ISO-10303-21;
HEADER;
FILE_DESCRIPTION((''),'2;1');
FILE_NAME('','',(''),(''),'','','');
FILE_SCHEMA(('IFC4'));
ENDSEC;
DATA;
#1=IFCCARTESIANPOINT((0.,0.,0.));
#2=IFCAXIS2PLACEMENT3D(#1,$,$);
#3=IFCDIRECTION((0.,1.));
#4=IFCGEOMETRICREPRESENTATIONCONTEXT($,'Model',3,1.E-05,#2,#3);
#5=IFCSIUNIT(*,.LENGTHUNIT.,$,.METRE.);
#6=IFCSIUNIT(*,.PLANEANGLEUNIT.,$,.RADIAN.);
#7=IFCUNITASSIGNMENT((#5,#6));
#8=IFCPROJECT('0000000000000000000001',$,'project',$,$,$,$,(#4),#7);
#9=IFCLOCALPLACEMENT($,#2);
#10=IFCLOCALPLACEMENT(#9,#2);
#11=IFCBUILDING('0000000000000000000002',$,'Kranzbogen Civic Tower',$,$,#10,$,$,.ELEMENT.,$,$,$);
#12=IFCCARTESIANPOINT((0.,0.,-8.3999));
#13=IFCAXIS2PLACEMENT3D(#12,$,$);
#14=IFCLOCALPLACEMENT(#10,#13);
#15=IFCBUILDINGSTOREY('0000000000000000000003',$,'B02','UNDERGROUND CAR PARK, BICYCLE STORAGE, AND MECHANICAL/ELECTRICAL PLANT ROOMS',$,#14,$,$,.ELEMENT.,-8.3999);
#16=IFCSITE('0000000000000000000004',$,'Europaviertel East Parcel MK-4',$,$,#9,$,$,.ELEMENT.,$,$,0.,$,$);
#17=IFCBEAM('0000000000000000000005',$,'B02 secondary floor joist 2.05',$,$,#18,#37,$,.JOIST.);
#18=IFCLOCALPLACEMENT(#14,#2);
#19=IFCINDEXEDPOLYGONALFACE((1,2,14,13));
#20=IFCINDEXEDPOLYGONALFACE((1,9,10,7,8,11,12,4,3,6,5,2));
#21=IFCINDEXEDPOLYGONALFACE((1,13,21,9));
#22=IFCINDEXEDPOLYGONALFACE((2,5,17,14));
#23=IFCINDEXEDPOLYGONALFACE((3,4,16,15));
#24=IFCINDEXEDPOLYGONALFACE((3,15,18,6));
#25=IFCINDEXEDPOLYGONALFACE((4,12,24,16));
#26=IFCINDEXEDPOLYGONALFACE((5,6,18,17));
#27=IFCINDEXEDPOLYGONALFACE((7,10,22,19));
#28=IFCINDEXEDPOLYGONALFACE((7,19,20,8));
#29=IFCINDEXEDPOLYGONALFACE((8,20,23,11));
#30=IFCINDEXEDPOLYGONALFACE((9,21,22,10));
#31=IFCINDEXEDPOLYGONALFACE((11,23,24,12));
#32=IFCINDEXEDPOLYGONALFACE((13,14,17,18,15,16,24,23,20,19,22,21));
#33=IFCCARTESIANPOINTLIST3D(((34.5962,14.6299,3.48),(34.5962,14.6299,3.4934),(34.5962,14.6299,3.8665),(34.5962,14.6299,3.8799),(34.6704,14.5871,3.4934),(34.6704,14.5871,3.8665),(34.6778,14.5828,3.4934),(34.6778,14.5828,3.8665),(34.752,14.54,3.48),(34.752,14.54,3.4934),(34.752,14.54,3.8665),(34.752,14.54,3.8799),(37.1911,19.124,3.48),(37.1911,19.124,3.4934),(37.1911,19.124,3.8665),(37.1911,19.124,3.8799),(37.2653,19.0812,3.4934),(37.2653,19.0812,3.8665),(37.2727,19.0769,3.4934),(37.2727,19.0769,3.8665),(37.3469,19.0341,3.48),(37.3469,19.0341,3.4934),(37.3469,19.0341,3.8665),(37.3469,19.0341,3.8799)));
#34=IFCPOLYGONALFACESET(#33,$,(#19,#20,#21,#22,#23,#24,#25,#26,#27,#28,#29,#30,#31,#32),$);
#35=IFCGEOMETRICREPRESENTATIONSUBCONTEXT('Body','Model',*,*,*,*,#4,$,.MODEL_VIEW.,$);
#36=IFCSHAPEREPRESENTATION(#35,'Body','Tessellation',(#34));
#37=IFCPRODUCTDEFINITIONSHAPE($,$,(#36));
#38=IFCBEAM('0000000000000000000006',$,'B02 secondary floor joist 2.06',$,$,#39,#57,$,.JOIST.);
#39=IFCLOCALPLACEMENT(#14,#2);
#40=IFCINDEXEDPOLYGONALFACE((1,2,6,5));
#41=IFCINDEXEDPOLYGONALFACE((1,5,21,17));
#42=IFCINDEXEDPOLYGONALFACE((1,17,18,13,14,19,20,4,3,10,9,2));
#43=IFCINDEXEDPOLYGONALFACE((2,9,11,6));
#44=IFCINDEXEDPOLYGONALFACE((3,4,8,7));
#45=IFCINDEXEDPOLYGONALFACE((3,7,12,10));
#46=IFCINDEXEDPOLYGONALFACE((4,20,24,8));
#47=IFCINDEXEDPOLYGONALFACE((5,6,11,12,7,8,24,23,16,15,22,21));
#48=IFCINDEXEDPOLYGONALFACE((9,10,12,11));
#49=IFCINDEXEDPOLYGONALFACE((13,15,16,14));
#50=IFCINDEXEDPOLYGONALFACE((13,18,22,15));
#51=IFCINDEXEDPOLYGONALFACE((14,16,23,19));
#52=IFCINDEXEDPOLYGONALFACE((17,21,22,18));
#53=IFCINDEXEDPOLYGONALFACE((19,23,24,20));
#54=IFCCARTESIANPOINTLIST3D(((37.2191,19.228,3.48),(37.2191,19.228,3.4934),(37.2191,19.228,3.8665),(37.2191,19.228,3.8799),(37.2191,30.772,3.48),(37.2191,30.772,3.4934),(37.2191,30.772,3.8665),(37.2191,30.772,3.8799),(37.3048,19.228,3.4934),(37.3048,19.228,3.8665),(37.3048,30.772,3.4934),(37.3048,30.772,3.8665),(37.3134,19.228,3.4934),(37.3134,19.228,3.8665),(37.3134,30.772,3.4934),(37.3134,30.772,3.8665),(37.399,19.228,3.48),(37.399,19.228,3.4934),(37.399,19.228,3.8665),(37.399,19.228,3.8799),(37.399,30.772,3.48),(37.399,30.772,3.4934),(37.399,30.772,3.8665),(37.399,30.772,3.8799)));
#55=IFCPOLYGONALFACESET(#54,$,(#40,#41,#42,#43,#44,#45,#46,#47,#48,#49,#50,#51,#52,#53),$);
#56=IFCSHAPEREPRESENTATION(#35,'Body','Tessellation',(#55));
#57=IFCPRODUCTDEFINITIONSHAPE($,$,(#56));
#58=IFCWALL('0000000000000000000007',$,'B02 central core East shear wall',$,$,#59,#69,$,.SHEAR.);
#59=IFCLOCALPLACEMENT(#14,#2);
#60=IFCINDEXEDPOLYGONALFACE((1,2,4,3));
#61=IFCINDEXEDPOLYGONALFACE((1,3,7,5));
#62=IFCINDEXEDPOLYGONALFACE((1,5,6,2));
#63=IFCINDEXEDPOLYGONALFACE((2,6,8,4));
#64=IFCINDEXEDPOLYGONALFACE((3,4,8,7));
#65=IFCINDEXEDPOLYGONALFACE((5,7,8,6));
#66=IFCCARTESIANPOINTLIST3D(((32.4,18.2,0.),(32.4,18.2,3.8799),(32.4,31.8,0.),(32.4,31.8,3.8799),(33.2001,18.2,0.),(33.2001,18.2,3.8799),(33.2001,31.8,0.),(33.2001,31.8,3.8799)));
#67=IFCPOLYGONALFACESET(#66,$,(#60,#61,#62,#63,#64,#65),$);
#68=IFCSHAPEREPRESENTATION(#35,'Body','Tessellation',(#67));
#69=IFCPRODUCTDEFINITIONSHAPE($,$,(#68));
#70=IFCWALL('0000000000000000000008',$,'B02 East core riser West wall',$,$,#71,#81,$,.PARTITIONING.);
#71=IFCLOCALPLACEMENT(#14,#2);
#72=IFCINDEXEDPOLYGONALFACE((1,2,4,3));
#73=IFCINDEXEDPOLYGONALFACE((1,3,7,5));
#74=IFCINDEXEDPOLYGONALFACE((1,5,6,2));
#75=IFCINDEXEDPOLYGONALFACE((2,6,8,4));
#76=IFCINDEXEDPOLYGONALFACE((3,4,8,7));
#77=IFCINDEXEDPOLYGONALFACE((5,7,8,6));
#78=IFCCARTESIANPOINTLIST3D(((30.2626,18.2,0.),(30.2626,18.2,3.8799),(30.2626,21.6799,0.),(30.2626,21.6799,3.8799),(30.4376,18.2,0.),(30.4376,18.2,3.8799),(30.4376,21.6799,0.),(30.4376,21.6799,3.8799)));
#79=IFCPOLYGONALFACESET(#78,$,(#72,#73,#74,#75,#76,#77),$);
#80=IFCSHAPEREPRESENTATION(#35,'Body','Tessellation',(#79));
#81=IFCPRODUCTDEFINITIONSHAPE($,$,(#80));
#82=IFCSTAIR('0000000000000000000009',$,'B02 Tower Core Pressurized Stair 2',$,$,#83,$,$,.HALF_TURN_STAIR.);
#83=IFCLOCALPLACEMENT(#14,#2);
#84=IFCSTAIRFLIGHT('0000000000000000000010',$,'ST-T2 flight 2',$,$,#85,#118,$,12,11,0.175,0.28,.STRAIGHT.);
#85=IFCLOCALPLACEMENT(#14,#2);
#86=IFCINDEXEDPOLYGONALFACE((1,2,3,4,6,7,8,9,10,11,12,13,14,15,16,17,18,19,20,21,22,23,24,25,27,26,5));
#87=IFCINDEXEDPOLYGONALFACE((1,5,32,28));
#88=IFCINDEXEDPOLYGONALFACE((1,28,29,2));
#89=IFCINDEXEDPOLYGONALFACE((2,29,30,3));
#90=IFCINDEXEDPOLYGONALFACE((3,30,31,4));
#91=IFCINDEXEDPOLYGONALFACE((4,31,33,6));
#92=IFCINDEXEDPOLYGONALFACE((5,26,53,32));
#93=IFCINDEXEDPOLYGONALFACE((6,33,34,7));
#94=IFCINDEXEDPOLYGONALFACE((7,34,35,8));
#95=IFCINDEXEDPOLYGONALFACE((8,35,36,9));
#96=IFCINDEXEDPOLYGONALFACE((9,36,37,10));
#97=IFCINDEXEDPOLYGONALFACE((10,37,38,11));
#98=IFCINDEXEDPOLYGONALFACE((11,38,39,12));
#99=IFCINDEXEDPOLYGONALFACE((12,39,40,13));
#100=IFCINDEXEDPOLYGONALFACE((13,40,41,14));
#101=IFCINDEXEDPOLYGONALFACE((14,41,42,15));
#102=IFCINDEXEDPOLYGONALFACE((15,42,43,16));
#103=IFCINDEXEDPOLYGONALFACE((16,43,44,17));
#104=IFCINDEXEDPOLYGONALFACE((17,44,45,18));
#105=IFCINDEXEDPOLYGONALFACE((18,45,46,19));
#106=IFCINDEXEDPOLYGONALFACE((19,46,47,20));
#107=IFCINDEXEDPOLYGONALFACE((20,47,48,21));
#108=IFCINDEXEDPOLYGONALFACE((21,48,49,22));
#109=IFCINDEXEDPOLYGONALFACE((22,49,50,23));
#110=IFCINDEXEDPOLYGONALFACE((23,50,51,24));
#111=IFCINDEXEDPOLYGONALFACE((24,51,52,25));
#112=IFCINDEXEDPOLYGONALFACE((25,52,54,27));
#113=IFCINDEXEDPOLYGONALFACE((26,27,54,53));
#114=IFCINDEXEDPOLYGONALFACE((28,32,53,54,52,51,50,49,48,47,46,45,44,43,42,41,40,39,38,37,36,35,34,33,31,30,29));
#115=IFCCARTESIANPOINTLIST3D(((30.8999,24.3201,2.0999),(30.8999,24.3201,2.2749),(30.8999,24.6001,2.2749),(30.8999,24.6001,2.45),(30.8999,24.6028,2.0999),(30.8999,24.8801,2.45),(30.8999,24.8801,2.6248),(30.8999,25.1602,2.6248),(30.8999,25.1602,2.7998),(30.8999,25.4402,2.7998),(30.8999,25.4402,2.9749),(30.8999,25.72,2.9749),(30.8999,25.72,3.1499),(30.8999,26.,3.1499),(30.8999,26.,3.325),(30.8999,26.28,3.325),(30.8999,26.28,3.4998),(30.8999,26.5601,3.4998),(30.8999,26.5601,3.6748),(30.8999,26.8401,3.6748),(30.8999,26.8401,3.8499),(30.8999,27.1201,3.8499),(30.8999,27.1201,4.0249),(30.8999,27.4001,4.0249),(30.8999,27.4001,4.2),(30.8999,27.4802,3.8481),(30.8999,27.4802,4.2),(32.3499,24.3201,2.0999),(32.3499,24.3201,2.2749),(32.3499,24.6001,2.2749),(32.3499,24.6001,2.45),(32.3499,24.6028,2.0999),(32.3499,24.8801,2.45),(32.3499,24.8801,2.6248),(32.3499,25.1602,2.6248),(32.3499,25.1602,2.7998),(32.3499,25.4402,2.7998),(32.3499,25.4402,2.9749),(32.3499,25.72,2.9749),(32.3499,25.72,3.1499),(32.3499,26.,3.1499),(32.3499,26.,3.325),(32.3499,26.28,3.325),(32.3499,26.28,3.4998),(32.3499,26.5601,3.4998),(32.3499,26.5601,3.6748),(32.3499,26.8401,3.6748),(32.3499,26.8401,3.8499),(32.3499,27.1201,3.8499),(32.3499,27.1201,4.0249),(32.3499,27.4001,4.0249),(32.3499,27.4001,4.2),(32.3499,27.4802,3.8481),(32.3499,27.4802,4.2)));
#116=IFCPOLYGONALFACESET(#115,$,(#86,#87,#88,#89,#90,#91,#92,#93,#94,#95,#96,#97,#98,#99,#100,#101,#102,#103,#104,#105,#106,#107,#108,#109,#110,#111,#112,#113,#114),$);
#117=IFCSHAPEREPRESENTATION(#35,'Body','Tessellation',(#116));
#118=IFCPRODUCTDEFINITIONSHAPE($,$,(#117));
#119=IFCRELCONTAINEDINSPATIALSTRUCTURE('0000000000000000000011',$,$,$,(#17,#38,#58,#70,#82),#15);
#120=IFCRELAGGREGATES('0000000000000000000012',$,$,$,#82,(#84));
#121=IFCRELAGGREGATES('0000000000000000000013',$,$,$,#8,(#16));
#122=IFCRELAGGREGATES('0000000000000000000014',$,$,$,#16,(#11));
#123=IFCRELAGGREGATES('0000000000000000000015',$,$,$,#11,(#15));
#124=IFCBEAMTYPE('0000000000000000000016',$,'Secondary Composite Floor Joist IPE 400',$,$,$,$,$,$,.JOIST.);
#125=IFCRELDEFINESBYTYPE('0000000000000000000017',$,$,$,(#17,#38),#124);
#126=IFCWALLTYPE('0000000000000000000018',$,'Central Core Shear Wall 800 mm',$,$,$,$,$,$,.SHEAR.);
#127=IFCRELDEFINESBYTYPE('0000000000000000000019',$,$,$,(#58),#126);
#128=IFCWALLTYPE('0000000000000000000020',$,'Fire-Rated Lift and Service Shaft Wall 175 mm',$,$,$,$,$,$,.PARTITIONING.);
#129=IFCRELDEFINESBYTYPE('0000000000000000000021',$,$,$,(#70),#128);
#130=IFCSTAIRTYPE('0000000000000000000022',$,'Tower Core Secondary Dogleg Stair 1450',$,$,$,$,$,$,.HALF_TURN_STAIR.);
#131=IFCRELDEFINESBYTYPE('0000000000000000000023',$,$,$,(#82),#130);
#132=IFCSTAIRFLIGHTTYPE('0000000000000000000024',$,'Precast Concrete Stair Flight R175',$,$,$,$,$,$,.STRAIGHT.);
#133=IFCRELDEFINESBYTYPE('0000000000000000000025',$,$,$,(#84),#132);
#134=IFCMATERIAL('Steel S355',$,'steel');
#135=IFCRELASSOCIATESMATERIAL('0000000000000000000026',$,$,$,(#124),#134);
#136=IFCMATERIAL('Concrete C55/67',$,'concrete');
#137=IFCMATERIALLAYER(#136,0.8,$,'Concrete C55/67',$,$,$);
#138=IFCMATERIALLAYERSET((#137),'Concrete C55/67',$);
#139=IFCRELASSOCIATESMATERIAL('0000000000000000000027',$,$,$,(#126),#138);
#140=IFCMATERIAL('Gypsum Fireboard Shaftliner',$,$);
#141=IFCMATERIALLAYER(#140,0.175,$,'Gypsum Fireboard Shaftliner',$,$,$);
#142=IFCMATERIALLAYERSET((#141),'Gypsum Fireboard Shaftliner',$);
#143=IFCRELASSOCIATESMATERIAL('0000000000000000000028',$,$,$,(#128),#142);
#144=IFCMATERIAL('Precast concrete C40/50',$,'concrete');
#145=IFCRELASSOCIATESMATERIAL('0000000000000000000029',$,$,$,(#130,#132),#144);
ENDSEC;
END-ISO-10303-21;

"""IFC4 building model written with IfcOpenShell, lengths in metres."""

from ifc_helpers import new_model, si_unit, direction, frame, frame_2d, origin, origin_2d, place, context, subcontext, project, spatial, polyline, rectangle, i_section, outline, extrude, material, layer, layer_set, material_profile, profile_set, type_object, element, aggregate, save


model = new_model("IFC4")

# Units and contexts
model_context = context("Model", 3, precision=1e-05, world=origin(), true_north=direction((0.0, 1.0)))
body_context = subcontext(model_context, "Body", "Model", "MODEL_VIEW")
ifc_project = project(units=[si_unit("LENGTHUNIT", "METRE"), si_unit("PLANEANGLEUNIT", "RADIAN")], contexts=[model_context])

# Site, building, storey
site_placement = place(None, origin())
site = spatial("IfcSite", under=ifc_project, at=site_placement, Name="Europaviertel East Parcel MK-4", CompositionType="ELEMENT", RefElevation=0.0)
building_placement = place(site_placement, origin())
building = spatial("IfcBuilding", under=site, at=building_placement, Name="Kranzbogen Civic Tower", CompositionType="ELEMENT")
storey_placement = place(building_placement, frame((0.0, 0.0, -8.3999)))
storey = spatial("IfcBuildingStorey", under=building, at=storey_placement, Name="B02", Description="UNDERGROUND CAR PARK, BICYCLE STORAGE, AND MECHANICAL/ELECTRICAL PLANT ROOMS", CompositionType="ELEMENT", Elevation=-8.3999)

# Shared definitions
ifc_material_1 = material(Name="Concrete C55/67", Category="concrete")

# Beams
ifc_material_2 = material(Name="Steel S355", Category="steel")
ifc_material_profile_1 = material_profile(ifc_material_2, i_section(OverallWidth=0.1799, OverallDepth=0.3999, WebThickness=0.0085, FlangeThickness=0.0134, at=origin_2d()), Name="IPE 400")
ifc_profile_set_1 = profile_set([ifc_material_profile_1], Name="Steel S355")
beam_type_1 = type_object("IfcBeamType", Name="Secondary Composite Floor Joist IPE 400", PredefinedType="JOIST", material=ifc_profile_set_1)
beam_1_placement = place(storey_placement, frame((34.6741, 14.585, 3.6799), z_axis=(0.50004, 0.866002, 0.0), x_axis=(-0.866002, 0.50004, 0.0)))
element("IfcBeam", 1, at=beam_1_placement, inside=storey, type_object=beam_type_1, Name="B02 secondary floor joist 2.05", PredefinedType="JOIST", context=body_context, shape_type="SweptSolid", body=[
    extrude(i_section(OverallWidth=0.1799, OverallDepth=0.3999, WebThickness=0.0085, FlangeThickness=0.0134, at=origin_2d()), origin(), (0.0, 0.0, 1.0), 5.1895),
])
beam_2_placement = place(storey_placement, frame((37.3091, 19.228, 3.6799), z_axis=(0.0, 1.0, 0.0), x_axis=(-1.0, 0.0, 0.0)))
element("IfcBeam", 2, at=beam_2_placement, inside=storey, type_object=beam_type_1, Name="B02 secondary floor joist 2.06", PredefinedType="JOIST", context=body_context, shape_type="SweptSolid", body=[
    extrude(i_section(OverallWidth=0.1799, OverallDepth=0.3999, WebThickness=0.0085, FlangeThickness=0.0134, at=origin_2d()), origin(), (0.0, 0.0, 1.0), 11.5439),
])

# Walls
ifc_layer_1 = layer(ifc_material_1, 0.8, Name="Concrete C55/67")
ifc_layer_set_1 = layer_set([ifc_layer_1], Name="Concrete C55/67")
wall_type_1 = type_object("IfcWallType", Name="Central Core Shear Wall 800 mm", PredefinedType="SHEAR", material=ifc_layer_set_1)
wall_1_placement = place(storey_placement, frame((32.8, 18.2, 0.0), z_axis=(0.0, 0.0, 1.0), x_axis=(0.0, 1.0, 0.0)))
element("IfcWall", 3, at=wall_1_placement, inside=storey, type_object=wall_type_1, Name="B02 central core East shear wall", PredefinedType="SHEAR", context=body_context, shape_type="SweptSolid", body=[
    extrude(rectangle(XDim=13.6001, YDim=0.8, at=frame_2d((6.8, 0.0))), origin(), (0.0, 0.0, 1.0), 3.8799),
])
ifc_material_3 = material(Name="Gypsum Fireboard Shaftliner")
ifc_layer_2 = layer(ifc_material_3, 0.175, Name="Gypsum Fireboard Shaftliner")
ifc_layer_set_2 = layer_set([ifc_layer_2], Name="Gypsum Fireboard Shaftliner")
wall_type_2 = type_object("IfcWallType", Name="Fire-Rated Lift and Service Shaft Wall 175 mm", PredefinedType="PARTITIONING", material=ifc_layer_set_2)
wall_2_placement = place(storey_placement, frame((30.3501, 18.2, 0.0), z_axis=(0.0, 0.0, 1.0), x_axis=(0.0, 1.0, 0.0)))
element("IfcWall", 4, at=wall_2_placement, inside=storey, type_object=wall_type_2, Name="B02 East core riser West wall", PredefinedType="PARTITIONING", context=body_context, shape_type="SweptSolid", body=[
    extrude(rectangle(XDim=3.48, YDim=0.175, at=frame_2d((1.74, 0.0))), origin(), (0.0, 0.0, 1.0), 3.8799),
])

# Stair, stair flight
ifc_material_4 = material(Name="Precast concrete C40/50", Category="concrete")
stair_type = type_object("IfcStairType", Name="Tower Core Secondary Dogleg Stair 1450", PredefinedType="HALF_TURN_STAIR", material=ifc_material_4)
stair_placement = place(storey_placement, origin())
stair = element("IfcStair", 5, at=stair_placement, inside=storey, type_object=stair_type, Name="B02 Tower Core Pressurized Stair 2", PredefinedType="HALF_TURN_STAIR")
stair_flight_type = type_object("IfcStairFlightType", Name="Precast Concrete Stair Flight R175", PredefinedType="STRAIGHT", material=ifc_material_4)
stair_flight_placement = place(storey_placement, frame((31.625, 24.3201, 2.0999), z_axis=(0.0, 0.0, 1.0), x_axis=(0.0, 1.0, 0.0)))
stair_flight = element("IfcStairFlight", 6, at=stair_flight_placement, type_object=stair_flight_type, Name="ST-T2 flight 2", NumberOfRisers=12, NumberOfTreads=11, PredefinedType="STRAIGHT", RiserHeight=0.175, TreadLength=0.28, context=body_context, shape_type="SweptSolid", body=[
    extrude(outline(polyline([(0.0, 0.0), (0.0, 0.175), (0.28, 0.175), (0.28, 0.3501), (0.5601, 0.3501), (0.5601, 0.5249), (0.8401, 0.5249), (0.8401, 0.7), (1.1201, 0.7), (1.1201, 0.875), (1.3999, 0.875), (1.3999, 1.05), (1.6799, 1.05), (1.6799, 1.2251), (1.96, 1.2251), (1.96, 1.3999), (2.24, 1.3999), (2.24, 1.575), (2.52, 1.575), (2.52, 1.75), (2.8, 1.75), (2.8, 1.925), (3.0801, 1.925), (3.0801, 2.1001), (3.1602, 2.1001), (3.1602, 1.7483), (0.2827, 0.0), (0.0, 0.0)])), frame((0.0, 0.7251, 0.0), z_axis=(0.0, -1.0, 0.0), x_axis=(1.0, 0.0, 0.0)), (0.0, 0.0, 1.0), 1.45),
])
aggregate(stair, [stair_flight])

save(model, "model.ifc")
